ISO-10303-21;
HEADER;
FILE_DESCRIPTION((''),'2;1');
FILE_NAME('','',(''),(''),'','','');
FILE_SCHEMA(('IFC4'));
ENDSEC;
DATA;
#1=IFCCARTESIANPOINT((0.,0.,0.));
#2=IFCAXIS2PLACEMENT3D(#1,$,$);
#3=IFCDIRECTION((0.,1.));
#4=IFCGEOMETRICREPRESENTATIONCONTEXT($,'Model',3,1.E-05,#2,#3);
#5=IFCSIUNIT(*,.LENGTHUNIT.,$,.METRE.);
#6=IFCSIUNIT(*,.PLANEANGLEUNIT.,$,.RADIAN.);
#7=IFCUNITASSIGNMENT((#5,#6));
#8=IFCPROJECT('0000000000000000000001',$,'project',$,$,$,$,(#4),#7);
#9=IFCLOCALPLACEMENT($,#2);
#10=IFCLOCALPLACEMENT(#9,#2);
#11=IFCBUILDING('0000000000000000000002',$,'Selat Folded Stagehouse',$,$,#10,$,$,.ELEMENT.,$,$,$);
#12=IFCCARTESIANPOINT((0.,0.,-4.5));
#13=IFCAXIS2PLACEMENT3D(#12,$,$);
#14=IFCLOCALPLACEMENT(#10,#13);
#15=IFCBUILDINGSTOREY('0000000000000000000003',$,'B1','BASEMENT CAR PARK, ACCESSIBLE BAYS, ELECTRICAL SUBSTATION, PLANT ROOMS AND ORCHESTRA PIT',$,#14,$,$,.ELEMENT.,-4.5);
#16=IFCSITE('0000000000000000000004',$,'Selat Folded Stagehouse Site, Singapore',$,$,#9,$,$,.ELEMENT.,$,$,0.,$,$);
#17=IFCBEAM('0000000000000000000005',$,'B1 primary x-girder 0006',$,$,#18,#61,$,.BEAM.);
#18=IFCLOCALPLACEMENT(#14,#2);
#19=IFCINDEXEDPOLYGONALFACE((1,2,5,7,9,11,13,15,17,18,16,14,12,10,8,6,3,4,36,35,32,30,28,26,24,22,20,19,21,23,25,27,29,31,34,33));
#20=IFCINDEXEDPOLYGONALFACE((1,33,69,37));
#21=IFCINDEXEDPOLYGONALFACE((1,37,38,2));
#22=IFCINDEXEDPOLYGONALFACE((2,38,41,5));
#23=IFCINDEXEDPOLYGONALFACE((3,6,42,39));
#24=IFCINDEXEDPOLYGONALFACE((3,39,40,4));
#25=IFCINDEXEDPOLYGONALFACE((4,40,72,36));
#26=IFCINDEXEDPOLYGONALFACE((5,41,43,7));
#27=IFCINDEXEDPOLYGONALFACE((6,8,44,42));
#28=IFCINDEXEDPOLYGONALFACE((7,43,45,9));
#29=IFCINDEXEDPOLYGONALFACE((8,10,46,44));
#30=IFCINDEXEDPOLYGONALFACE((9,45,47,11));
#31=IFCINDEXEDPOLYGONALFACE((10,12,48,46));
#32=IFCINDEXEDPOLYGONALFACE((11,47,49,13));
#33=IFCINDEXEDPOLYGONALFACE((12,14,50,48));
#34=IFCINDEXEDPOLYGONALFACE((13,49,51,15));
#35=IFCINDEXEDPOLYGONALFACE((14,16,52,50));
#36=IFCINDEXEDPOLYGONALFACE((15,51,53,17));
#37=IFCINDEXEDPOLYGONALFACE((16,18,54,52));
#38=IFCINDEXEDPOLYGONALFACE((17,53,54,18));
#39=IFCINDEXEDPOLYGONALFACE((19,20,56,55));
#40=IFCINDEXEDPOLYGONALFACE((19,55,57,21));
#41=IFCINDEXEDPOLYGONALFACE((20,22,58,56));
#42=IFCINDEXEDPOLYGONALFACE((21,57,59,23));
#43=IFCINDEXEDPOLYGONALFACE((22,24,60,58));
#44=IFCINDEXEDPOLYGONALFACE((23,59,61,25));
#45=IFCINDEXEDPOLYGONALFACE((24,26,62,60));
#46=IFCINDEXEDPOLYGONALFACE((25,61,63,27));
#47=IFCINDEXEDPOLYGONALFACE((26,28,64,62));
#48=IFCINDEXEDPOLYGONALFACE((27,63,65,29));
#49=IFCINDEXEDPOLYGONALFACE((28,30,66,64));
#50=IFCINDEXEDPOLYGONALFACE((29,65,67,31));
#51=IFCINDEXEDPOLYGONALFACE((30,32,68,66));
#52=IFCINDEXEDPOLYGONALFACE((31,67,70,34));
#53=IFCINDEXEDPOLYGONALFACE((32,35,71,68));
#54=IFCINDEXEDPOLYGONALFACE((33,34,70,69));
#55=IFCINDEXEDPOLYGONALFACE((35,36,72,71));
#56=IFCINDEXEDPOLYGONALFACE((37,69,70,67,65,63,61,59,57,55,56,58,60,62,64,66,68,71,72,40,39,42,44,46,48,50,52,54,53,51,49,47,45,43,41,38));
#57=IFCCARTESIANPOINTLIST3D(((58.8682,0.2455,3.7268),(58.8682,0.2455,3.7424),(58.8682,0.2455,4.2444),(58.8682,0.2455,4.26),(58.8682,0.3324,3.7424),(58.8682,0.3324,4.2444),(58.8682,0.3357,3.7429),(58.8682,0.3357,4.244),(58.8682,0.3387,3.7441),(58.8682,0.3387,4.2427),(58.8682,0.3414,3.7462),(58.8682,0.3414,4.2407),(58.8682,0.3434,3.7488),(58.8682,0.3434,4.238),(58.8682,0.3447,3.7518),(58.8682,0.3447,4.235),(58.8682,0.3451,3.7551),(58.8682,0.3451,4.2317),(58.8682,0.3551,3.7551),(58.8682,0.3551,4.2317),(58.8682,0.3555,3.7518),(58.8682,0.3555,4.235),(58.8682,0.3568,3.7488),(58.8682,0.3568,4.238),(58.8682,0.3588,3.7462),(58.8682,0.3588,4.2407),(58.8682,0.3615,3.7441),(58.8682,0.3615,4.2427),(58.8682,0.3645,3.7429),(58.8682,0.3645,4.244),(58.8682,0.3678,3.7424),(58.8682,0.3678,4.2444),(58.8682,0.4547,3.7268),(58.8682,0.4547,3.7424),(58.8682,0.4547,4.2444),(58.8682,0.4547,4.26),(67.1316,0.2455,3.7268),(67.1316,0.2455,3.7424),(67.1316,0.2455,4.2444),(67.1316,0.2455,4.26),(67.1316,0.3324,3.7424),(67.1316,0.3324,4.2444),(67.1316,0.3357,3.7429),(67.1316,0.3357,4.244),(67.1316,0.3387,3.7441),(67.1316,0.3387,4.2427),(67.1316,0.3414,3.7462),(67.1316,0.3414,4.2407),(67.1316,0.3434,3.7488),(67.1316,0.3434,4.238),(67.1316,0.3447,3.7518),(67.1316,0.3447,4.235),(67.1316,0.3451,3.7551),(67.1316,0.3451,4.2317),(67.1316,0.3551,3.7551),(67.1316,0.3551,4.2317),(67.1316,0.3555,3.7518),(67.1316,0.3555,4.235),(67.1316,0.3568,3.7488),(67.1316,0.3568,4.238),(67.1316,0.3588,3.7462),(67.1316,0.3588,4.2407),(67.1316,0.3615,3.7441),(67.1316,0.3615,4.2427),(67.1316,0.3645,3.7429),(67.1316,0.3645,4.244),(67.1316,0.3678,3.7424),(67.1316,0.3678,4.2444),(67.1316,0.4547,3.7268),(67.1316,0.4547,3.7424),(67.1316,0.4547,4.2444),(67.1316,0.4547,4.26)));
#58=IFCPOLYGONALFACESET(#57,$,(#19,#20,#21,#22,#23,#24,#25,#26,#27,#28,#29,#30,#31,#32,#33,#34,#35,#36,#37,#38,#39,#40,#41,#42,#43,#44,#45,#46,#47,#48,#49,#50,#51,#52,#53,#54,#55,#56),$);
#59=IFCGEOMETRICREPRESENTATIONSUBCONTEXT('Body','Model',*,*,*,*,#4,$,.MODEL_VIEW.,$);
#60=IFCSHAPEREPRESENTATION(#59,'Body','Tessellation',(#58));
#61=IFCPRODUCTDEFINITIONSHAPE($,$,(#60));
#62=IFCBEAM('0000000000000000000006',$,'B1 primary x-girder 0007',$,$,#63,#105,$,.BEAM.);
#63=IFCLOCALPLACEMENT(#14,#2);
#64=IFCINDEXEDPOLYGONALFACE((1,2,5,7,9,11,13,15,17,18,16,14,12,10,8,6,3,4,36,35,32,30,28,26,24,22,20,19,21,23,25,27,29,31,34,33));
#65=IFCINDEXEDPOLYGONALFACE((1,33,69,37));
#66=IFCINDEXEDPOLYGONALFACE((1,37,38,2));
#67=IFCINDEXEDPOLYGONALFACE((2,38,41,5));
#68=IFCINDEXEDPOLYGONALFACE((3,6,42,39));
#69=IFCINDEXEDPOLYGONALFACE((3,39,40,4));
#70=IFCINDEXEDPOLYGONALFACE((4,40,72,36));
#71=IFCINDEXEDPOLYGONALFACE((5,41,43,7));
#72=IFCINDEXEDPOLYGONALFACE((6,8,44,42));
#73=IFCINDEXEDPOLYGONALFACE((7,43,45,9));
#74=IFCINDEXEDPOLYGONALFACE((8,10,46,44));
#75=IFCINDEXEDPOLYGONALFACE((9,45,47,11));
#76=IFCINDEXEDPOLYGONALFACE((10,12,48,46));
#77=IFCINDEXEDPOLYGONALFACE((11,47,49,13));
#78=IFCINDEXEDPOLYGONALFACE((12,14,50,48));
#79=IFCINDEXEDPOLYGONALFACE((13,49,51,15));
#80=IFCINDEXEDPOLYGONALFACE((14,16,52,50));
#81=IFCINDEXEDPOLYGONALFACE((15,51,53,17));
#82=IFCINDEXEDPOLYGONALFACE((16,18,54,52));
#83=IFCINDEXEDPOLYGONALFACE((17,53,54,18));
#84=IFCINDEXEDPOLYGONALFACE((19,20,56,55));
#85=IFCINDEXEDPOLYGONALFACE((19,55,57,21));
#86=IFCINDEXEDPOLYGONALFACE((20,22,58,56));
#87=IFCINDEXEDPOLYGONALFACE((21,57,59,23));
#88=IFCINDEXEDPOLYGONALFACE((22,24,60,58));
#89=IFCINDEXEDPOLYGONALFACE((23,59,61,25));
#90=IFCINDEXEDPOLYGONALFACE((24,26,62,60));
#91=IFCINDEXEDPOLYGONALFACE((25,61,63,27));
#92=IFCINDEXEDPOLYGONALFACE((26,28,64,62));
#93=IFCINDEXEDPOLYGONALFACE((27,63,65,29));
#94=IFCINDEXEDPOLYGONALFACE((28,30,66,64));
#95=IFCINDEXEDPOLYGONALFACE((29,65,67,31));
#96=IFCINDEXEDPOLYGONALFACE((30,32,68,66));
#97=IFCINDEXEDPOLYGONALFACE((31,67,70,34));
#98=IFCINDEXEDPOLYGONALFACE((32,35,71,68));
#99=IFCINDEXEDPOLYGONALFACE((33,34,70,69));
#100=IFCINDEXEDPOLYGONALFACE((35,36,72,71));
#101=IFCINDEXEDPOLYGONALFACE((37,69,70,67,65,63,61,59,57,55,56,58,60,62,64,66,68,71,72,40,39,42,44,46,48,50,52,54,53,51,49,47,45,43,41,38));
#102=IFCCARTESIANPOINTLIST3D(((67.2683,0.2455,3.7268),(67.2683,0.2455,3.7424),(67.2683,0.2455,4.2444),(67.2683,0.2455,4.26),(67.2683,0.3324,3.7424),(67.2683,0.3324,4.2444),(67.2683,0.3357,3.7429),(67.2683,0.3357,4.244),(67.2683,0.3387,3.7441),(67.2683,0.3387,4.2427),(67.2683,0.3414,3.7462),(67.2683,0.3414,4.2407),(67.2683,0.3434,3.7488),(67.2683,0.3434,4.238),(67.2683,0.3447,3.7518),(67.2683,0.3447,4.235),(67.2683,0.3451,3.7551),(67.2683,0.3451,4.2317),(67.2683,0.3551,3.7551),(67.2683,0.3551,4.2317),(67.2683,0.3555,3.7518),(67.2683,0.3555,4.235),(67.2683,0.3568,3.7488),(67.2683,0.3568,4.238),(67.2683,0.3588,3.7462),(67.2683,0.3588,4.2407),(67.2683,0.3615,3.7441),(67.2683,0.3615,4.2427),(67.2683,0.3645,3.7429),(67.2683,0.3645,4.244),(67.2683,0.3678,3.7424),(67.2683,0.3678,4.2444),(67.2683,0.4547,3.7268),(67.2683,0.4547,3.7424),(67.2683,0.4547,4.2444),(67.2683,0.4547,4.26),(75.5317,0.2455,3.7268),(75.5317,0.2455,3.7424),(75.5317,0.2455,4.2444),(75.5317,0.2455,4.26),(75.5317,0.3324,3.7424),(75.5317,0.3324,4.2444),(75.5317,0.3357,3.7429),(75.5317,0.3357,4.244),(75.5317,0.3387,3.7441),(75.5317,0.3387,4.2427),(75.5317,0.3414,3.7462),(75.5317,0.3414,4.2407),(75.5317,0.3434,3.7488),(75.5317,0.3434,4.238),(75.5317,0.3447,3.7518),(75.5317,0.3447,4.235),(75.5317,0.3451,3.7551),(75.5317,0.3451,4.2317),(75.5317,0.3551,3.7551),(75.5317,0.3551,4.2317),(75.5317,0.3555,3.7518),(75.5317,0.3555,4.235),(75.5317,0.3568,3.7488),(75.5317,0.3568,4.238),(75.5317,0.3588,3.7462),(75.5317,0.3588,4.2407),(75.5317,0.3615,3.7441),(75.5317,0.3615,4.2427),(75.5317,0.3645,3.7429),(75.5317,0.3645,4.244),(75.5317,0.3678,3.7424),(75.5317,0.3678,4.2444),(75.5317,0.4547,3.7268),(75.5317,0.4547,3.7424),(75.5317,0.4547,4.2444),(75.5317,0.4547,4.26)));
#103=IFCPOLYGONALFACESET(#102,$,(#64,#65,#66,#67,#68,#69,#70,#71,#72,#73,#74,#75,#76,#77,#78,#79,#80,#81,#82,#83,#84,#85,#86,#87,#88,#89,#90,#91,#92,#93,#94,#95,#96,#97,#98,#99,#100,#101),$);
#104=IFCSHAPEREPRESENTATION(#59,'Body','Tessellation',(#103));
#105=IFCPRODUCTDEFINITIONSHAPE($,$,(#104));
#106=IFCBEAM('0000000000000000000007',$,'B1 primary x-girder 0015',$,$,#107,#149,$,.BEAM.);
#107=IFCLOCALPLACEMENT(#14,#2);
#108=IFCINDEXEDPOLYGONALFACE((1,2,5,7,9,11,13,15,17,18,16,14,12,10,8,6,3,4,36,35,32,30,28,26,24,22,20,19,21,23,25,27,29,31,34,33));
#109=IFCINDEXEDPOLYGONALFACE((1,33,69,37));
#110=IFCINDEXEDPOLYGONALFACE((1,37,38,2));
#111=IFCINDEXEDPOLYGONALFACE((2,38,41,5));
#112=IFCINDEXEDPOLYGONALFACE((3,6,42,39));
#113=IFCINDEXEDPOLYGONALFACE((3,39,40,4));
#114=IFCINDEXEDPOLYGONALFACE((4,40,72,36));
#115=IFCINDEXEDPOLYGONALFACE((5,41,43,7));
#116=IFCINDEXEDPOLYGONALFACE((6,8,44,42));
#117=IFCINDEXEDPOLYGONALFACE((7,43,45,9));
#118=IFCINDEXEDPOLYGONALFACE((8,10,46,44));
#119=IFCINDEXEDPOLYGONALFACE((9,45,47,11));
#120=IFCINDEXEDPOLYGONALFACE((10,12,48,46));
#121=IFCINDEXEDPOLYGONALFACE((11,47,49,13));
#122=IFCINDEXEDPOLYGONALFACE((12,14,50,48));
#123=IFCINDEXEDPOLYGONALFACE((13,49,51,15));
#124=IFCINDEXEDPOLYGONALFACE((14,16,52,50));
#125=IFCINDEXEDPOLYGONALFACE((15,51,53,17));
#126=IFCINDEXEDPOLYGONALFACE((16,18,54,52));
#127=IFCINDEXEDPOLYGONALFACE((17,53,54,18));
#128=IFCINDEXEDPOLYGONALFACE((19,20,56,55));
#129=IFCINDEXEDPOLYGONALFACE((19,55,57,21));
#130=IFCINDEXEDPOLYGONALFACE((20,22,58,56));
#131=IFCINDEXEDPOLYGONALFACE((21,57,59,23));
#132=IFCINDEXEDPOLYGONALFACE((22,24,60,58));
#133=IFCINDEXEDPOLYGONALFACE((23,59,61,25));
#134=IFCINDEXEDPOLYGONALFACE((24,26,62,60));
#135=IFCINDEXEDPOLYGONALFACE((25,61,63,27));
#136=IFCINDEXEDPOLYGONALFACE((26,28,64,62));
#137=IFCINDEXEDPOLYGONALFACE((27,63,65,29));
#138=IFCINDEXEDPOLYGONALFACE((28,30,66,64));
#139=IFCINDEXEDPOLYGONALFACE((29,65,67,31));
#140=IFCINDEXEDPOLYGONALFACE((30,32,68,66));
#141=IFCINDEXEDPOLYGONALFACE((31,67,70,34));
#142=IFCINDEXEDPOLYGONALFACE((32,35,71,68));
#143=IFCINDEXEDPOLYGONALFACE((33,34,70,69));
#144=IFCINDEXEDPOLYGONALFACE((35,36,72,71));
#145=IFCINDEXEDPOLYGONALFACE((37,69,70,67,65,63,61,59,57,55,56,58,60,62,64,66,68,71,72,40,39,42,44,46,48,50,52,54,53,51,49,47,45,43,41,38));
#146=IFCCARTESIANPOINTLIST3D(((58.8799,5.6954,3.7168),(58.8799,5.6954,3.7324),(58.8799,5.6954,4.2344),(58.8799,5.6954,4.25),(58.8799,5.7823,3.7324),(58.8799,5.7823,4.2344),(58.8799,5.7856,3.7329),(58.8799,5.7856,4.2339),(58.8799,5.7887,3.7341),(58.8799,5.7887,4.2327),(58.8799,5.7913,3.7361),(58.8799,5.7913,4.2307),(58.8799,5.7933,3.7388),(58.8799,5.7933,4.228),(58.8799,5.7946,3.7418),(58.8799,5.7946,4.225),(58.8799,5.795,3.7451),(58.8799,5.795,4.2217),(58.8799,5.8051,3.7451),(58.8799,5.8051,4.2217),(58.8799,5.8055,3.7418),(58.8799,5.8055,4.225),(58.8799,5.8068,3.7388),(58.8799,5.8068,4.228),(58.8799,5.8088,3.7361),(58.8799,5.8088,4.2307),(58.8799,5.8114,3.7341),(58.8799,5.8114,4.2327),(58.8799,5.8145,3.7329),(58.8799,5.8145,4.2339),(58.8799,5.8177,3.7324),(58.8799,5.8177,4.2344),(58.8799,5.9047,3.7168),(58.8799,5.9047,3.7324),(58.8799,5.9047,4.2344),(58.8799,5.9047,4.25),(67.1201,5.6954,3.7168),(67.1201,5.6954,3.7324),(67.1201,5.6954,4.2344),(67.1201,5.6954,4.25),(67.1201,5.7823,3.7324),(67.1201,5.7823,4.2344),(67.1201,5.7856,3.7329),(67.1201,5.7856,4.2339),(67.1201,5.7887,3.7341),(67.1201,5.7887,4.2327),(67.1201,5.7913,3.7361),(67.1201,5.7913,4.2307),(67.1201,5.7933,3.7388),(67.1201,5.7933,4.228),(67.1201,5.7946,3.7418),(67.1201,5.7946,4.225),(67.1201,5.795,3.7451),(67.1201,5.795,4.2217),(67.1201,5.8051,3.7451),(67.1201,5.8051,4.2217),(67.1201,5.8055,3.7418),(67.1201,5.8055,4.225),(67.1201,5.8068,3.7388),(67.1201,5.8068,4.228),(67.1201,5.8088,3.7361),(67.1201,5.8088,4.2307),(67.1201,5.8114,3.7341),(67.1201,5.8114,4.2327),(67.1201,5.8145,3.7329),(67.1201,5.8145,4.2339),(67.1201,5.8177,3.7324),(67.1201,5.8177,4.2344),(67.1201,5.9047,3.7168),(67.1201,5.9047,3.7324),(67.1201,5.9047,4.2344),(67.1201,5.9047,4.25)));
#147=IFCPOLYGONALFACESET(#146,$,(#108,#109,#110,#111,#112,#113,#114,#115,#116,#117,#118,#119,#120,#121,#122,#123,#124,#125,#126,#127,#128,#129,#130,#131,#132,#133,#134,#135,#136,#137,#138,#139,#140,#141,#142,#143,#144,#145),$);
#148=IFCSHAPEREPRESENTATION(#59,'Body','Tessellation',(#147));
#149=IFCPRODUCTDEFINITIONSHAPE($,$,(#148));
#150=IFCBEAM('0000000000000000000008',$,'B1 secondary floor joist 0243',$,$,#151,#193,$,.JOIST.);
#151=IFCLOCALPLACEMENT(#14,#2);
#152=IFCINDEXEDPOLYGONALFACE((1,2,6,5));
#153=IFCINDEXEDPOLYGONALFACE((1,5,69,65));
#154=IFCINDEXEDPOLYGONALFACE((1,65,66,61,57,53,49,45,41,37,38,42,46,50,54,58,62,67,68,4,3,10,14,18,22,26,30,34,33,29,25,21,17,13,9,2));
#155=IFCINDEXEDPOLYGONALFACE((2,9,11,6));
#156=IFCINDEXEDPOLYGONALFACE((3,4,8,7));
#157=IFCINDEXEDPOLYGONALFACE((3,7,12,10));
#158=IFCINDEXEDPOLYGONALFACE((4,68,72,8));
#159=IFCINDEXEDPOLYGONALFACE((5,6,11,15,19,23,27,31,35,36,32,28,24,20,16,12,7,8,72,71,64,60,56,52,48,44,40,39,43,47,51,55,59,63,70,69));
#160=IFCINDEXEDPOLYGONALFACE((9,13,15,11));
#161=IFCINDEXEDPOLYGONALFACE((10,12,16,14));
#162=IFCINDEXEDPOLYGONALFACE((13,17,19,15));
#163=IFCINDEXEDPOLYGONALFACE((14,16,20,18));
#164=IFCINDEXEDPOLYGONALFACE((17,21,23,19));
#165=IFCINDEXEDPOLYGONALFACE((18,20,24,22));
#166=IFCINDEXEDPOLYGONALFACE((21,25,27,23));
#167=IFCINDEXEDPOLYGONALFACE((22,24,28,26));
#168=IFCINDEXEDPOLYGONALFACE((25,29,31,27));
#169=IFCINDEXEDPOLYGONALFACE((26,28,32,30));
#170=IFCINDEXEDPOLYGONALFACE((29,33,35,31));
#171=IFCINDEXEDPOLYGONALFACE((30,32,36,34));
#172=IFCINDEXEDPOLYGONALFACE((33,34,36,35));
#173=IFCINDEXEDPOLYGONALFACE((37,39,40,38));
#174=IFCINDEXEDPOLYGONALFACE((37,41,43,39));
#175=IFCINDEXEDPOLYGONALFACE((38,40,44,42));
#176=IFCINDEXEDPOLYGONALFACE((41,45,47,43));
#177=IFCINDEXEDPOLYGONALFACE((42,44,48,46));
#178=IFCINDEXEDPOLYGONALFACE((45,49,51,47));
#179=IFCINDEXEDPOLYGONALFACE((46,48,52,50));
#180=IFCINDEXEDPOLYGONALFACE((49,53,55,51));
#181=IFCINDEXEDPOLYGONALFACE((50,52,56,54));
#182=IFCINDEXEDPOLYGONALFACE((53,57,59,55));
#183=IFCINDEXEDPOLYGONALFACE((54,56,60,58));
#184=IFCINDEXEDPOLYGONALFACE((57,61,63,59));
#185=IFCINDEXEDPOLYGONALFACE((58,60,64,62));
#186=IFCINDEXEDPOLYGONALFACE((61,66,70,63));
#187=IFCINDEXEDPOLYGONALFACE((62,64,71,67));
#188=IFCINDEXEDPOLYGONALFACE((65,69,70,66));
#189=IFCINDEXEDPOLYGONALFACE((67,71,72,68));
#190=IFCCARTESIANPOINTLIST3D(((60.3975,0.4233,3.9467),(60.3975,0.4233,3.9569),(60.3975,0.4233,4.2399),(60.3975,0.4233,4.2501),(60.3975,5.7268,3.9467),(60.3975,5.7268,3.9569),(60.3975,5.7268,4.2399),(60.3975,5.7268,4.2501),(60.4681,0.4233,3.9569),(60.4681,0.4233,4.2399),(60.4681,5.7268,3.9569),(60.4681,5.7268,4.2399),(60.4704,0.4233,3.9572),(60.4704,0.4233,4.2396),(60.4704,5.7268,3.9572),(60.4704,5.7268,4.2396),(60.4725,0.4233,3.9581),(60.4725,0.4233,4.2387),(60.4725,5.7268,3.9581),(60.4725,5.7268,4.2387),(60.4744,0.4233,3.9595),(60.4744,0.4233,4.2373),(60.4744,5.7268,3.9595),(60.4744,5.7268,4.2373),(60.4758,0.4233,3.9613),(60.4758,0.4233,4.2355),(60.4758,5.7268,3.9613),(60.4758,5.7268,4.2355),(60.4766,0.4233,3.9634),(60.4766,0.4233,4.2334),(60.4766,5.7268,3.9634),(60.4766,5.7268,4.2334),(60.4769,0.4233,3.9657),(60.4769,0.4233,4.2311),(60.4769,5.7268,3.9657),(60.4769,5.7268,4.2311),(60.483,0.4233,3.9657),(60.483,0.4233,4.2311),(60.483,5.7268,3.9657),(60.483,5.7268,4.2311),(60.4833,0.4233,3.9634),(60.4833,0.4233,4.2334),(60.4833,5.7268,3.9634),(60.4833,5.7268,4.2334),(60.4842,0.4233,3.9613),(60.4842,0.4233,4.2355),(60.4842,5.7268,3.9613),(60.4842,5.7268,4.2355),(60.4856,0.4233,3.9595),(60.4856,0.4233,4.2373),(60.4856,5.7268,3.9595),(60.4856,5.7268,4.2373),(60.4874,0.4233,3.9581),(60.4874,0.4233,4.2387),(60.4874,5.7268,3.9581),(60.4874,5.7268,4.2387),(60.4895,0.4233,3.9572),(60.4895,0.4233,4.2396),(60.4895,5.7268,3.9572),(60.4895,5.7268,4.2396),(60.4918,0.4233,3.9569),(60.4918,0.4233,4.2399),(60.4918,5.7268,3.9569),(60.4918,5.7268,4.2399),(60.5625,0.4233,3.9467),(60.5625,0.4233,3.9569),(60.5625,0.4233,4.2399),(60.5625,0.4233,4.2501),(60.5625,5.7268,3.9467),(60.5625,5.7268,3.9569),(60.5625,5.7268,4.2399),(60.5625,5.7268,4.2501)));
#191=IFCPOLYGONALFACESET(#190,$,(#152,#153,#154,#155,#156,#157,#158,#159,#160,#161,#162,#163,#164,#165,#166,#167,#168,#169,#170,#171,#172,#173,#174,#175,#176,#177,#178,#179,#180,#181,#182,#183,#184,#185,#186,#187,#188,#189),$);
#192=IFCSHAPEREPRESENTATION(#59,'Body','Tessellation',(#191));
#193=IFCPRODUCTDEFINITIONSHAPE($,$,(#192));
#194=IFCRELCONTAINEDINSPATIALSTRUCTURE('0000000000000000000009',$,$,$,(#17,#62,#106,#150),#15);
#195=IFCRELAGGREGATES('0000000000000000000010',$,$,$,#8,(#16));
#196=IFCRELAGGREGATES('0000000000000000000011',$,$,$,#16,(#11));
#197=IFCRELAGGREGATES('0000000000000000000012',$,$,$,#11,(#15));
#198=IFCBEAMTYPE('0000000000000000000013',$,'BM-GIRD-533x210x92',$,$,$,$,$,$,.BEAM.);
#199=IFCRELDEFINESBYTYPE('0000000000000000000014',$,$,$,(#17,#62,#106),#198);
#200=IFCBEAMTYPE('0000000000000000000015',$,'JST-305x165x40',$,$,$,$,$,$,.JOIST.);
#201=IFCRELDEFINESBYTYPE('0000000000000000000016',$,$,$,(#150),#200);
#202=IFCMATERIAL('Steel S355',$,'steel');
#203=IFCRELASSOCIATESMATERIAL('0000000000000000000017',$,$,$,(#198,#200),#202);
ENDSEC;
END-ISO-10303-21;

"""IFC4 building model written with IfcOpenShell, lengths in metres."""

from ifc_helpers import new_model, si_unit, direction, frame, origin, origin_2d, place, context, subcontext, project, spatial, i_section, extrude, material, material_profile, profile_set, type_object, element, save


model = new_model("IFC4")

# Units and contexts
model_context = context("Model", 3, precision=1e-05, world=origin(), true_north=direction((0.0, 1.0)))
body_context = subcontext(model_context, "Body", "Model", "MODEL_VIEW")
ifc_project = project(units=[si_unit("LENGTHUNIT", "METRE"), si_unit("PLANEANGLEUNIT", "RADIAN")], contexts=[model_context])

# Site, building, storey
site_placement = place(None, origin())
site = spatial("IfcSite", under=ifc_project, at=site_placement, Name="Selat Folded Stagehouse Site, Singapore", CompositionType="ELEMENT", RefElevation=0.0)
building_placement = place(site_placement, origin())
building = spatial("IfcBuilding", under=site, at=building_placement, Name="Selat Folded Stagehouse", CompositionType="ELEMENT")
storey_placement = place(building_placement, frame((0.0, 0.0, -4.5)))
storey = spatial("IfcBuildingStorey", under=building, at=storey_placement, Name="B1", Description="BASEMENT CAR PARK, ACCESSIBLE BAYS, ELECTRICAL SUBSTATION, PLANT ROOMS AND ORCHESTRA PIT", CompositionType="ELEMENT", Elevation=-4.5)

# Shared definitions
ifc_material_1 = material(Name="Steel S355", Category="steel")

# Beams
ifc_material_profile_1 = material_profile(ifc_material_1, i_section(OverallWidth=0.2092, OverallDepth=0.5332, WebThickness=0.01, FlangeThickness=0.0156, FilletRadius=0.0127, at=origin_2d()), Name="UKB 533x210x92")
ifc_profile_set_1 = profile_set([ifc_material_profile_1], Name="Steel S355")
beam_type_1 = type_object("IfcBeamType", Name="BM-GIRD-533x210x92", PredefinedType="BEAM", material=ifc_profile_set_1)
for number, where, z_axis, x_axis, name in (
    (1, (58.8682, 0.3501, 3.9934), (1.0, 0.0, 0.0), (0.0, 1.0, 0.0), "B1 primary x-girder 0006"),
    (2, (67.2683, 0.3501, 3.9934), (1.0, 0.0, 0.0), (0.0, 1.0, 0.0), "B1 primary x-girder 0007"),
):
    element("IfcBeam", number, at=place(storey_placement, frame(where, z_axis=z_axis, x_axis=x_axis)), inside=storey, type_object=beam_type_1, Name=name, PredefinedType="BEAM", context=body_context, shape_type="SweptSolid", body=[
        extrude(i_section(OverallWidth=0.2092, OverallDepth=0.5332, WebThickness=0.01, FlangeThickness=0.0156, FilletRadius=0.0127, at=origin_2d()), origin(), (0.0, 0.0, 1.0), 8.2634),
    ])
beam_1_placement = place(storey_placement, frame((58.8799, 5.8, 3.9834), z_axis=(1.0, 0.0, 0.0), x_axis=(0.0, 1.0, 0.0)))
element("IfcBeam", 3, at=beam_1_placement, inside=storey, type_object=beam_type_1, Name="B1 primary x-girder 0015", PredefinedType="BEAM", context=body_context, shape_type="SweptSolid", body=[
    extrude(i_section(OverallWidth=0.2092, OverallDepth=0.5332, WebThickness=0.01, FlangeThickness=0.0156, FilletRadius=0.0127, at=origin_2d()), origin(), (0.0, 0.0, 1.0), 8.2402),
])
ifc_material_profile_2 = material_profile(ifc_material_1, i_section(OverallWidth=0.165, OverallDepth=0.3035, WebThickness=0.0061, FlangeThickness=0.0103, FilletRadius=0.0088, at=origin_2d()), Name="UKB 305x165x40")
ifc_profile_set_2 = profile_set([ifc_material_profile_2], Name="Steel S355")
beam_type_2 = type_object("IfcBeamType", Name="JST-305x165x40", PredefinedType="JOIST", material=ifc_profile_set_2)
beam_2_placement = place(storey_placement, frame((60.48, 0.4233, 4.0984), z_axis=(0.0, 1.0, 0.0), x_axis=(-1.0, 0.0, 0.0)))
element("IfcBeam", 4, at=beam_2_placement, inside=storey, type_object=beam_type_2, Name="B1 secondary floor joist 0243", PredefinedType="JOIST", context=body_context, shape_type="SweptSolid", body=[
    extrude(i_section(OverallWidth=0.165, OverallDepth=0.3035, WebThickness=0.0061, FlangeThickness=0.0103, FilletRadius=0.0088, at=origin_2d()), origin(), (0.0, 0.0, 1.0), 5.3035),
])

save(model, "model.ifc")
